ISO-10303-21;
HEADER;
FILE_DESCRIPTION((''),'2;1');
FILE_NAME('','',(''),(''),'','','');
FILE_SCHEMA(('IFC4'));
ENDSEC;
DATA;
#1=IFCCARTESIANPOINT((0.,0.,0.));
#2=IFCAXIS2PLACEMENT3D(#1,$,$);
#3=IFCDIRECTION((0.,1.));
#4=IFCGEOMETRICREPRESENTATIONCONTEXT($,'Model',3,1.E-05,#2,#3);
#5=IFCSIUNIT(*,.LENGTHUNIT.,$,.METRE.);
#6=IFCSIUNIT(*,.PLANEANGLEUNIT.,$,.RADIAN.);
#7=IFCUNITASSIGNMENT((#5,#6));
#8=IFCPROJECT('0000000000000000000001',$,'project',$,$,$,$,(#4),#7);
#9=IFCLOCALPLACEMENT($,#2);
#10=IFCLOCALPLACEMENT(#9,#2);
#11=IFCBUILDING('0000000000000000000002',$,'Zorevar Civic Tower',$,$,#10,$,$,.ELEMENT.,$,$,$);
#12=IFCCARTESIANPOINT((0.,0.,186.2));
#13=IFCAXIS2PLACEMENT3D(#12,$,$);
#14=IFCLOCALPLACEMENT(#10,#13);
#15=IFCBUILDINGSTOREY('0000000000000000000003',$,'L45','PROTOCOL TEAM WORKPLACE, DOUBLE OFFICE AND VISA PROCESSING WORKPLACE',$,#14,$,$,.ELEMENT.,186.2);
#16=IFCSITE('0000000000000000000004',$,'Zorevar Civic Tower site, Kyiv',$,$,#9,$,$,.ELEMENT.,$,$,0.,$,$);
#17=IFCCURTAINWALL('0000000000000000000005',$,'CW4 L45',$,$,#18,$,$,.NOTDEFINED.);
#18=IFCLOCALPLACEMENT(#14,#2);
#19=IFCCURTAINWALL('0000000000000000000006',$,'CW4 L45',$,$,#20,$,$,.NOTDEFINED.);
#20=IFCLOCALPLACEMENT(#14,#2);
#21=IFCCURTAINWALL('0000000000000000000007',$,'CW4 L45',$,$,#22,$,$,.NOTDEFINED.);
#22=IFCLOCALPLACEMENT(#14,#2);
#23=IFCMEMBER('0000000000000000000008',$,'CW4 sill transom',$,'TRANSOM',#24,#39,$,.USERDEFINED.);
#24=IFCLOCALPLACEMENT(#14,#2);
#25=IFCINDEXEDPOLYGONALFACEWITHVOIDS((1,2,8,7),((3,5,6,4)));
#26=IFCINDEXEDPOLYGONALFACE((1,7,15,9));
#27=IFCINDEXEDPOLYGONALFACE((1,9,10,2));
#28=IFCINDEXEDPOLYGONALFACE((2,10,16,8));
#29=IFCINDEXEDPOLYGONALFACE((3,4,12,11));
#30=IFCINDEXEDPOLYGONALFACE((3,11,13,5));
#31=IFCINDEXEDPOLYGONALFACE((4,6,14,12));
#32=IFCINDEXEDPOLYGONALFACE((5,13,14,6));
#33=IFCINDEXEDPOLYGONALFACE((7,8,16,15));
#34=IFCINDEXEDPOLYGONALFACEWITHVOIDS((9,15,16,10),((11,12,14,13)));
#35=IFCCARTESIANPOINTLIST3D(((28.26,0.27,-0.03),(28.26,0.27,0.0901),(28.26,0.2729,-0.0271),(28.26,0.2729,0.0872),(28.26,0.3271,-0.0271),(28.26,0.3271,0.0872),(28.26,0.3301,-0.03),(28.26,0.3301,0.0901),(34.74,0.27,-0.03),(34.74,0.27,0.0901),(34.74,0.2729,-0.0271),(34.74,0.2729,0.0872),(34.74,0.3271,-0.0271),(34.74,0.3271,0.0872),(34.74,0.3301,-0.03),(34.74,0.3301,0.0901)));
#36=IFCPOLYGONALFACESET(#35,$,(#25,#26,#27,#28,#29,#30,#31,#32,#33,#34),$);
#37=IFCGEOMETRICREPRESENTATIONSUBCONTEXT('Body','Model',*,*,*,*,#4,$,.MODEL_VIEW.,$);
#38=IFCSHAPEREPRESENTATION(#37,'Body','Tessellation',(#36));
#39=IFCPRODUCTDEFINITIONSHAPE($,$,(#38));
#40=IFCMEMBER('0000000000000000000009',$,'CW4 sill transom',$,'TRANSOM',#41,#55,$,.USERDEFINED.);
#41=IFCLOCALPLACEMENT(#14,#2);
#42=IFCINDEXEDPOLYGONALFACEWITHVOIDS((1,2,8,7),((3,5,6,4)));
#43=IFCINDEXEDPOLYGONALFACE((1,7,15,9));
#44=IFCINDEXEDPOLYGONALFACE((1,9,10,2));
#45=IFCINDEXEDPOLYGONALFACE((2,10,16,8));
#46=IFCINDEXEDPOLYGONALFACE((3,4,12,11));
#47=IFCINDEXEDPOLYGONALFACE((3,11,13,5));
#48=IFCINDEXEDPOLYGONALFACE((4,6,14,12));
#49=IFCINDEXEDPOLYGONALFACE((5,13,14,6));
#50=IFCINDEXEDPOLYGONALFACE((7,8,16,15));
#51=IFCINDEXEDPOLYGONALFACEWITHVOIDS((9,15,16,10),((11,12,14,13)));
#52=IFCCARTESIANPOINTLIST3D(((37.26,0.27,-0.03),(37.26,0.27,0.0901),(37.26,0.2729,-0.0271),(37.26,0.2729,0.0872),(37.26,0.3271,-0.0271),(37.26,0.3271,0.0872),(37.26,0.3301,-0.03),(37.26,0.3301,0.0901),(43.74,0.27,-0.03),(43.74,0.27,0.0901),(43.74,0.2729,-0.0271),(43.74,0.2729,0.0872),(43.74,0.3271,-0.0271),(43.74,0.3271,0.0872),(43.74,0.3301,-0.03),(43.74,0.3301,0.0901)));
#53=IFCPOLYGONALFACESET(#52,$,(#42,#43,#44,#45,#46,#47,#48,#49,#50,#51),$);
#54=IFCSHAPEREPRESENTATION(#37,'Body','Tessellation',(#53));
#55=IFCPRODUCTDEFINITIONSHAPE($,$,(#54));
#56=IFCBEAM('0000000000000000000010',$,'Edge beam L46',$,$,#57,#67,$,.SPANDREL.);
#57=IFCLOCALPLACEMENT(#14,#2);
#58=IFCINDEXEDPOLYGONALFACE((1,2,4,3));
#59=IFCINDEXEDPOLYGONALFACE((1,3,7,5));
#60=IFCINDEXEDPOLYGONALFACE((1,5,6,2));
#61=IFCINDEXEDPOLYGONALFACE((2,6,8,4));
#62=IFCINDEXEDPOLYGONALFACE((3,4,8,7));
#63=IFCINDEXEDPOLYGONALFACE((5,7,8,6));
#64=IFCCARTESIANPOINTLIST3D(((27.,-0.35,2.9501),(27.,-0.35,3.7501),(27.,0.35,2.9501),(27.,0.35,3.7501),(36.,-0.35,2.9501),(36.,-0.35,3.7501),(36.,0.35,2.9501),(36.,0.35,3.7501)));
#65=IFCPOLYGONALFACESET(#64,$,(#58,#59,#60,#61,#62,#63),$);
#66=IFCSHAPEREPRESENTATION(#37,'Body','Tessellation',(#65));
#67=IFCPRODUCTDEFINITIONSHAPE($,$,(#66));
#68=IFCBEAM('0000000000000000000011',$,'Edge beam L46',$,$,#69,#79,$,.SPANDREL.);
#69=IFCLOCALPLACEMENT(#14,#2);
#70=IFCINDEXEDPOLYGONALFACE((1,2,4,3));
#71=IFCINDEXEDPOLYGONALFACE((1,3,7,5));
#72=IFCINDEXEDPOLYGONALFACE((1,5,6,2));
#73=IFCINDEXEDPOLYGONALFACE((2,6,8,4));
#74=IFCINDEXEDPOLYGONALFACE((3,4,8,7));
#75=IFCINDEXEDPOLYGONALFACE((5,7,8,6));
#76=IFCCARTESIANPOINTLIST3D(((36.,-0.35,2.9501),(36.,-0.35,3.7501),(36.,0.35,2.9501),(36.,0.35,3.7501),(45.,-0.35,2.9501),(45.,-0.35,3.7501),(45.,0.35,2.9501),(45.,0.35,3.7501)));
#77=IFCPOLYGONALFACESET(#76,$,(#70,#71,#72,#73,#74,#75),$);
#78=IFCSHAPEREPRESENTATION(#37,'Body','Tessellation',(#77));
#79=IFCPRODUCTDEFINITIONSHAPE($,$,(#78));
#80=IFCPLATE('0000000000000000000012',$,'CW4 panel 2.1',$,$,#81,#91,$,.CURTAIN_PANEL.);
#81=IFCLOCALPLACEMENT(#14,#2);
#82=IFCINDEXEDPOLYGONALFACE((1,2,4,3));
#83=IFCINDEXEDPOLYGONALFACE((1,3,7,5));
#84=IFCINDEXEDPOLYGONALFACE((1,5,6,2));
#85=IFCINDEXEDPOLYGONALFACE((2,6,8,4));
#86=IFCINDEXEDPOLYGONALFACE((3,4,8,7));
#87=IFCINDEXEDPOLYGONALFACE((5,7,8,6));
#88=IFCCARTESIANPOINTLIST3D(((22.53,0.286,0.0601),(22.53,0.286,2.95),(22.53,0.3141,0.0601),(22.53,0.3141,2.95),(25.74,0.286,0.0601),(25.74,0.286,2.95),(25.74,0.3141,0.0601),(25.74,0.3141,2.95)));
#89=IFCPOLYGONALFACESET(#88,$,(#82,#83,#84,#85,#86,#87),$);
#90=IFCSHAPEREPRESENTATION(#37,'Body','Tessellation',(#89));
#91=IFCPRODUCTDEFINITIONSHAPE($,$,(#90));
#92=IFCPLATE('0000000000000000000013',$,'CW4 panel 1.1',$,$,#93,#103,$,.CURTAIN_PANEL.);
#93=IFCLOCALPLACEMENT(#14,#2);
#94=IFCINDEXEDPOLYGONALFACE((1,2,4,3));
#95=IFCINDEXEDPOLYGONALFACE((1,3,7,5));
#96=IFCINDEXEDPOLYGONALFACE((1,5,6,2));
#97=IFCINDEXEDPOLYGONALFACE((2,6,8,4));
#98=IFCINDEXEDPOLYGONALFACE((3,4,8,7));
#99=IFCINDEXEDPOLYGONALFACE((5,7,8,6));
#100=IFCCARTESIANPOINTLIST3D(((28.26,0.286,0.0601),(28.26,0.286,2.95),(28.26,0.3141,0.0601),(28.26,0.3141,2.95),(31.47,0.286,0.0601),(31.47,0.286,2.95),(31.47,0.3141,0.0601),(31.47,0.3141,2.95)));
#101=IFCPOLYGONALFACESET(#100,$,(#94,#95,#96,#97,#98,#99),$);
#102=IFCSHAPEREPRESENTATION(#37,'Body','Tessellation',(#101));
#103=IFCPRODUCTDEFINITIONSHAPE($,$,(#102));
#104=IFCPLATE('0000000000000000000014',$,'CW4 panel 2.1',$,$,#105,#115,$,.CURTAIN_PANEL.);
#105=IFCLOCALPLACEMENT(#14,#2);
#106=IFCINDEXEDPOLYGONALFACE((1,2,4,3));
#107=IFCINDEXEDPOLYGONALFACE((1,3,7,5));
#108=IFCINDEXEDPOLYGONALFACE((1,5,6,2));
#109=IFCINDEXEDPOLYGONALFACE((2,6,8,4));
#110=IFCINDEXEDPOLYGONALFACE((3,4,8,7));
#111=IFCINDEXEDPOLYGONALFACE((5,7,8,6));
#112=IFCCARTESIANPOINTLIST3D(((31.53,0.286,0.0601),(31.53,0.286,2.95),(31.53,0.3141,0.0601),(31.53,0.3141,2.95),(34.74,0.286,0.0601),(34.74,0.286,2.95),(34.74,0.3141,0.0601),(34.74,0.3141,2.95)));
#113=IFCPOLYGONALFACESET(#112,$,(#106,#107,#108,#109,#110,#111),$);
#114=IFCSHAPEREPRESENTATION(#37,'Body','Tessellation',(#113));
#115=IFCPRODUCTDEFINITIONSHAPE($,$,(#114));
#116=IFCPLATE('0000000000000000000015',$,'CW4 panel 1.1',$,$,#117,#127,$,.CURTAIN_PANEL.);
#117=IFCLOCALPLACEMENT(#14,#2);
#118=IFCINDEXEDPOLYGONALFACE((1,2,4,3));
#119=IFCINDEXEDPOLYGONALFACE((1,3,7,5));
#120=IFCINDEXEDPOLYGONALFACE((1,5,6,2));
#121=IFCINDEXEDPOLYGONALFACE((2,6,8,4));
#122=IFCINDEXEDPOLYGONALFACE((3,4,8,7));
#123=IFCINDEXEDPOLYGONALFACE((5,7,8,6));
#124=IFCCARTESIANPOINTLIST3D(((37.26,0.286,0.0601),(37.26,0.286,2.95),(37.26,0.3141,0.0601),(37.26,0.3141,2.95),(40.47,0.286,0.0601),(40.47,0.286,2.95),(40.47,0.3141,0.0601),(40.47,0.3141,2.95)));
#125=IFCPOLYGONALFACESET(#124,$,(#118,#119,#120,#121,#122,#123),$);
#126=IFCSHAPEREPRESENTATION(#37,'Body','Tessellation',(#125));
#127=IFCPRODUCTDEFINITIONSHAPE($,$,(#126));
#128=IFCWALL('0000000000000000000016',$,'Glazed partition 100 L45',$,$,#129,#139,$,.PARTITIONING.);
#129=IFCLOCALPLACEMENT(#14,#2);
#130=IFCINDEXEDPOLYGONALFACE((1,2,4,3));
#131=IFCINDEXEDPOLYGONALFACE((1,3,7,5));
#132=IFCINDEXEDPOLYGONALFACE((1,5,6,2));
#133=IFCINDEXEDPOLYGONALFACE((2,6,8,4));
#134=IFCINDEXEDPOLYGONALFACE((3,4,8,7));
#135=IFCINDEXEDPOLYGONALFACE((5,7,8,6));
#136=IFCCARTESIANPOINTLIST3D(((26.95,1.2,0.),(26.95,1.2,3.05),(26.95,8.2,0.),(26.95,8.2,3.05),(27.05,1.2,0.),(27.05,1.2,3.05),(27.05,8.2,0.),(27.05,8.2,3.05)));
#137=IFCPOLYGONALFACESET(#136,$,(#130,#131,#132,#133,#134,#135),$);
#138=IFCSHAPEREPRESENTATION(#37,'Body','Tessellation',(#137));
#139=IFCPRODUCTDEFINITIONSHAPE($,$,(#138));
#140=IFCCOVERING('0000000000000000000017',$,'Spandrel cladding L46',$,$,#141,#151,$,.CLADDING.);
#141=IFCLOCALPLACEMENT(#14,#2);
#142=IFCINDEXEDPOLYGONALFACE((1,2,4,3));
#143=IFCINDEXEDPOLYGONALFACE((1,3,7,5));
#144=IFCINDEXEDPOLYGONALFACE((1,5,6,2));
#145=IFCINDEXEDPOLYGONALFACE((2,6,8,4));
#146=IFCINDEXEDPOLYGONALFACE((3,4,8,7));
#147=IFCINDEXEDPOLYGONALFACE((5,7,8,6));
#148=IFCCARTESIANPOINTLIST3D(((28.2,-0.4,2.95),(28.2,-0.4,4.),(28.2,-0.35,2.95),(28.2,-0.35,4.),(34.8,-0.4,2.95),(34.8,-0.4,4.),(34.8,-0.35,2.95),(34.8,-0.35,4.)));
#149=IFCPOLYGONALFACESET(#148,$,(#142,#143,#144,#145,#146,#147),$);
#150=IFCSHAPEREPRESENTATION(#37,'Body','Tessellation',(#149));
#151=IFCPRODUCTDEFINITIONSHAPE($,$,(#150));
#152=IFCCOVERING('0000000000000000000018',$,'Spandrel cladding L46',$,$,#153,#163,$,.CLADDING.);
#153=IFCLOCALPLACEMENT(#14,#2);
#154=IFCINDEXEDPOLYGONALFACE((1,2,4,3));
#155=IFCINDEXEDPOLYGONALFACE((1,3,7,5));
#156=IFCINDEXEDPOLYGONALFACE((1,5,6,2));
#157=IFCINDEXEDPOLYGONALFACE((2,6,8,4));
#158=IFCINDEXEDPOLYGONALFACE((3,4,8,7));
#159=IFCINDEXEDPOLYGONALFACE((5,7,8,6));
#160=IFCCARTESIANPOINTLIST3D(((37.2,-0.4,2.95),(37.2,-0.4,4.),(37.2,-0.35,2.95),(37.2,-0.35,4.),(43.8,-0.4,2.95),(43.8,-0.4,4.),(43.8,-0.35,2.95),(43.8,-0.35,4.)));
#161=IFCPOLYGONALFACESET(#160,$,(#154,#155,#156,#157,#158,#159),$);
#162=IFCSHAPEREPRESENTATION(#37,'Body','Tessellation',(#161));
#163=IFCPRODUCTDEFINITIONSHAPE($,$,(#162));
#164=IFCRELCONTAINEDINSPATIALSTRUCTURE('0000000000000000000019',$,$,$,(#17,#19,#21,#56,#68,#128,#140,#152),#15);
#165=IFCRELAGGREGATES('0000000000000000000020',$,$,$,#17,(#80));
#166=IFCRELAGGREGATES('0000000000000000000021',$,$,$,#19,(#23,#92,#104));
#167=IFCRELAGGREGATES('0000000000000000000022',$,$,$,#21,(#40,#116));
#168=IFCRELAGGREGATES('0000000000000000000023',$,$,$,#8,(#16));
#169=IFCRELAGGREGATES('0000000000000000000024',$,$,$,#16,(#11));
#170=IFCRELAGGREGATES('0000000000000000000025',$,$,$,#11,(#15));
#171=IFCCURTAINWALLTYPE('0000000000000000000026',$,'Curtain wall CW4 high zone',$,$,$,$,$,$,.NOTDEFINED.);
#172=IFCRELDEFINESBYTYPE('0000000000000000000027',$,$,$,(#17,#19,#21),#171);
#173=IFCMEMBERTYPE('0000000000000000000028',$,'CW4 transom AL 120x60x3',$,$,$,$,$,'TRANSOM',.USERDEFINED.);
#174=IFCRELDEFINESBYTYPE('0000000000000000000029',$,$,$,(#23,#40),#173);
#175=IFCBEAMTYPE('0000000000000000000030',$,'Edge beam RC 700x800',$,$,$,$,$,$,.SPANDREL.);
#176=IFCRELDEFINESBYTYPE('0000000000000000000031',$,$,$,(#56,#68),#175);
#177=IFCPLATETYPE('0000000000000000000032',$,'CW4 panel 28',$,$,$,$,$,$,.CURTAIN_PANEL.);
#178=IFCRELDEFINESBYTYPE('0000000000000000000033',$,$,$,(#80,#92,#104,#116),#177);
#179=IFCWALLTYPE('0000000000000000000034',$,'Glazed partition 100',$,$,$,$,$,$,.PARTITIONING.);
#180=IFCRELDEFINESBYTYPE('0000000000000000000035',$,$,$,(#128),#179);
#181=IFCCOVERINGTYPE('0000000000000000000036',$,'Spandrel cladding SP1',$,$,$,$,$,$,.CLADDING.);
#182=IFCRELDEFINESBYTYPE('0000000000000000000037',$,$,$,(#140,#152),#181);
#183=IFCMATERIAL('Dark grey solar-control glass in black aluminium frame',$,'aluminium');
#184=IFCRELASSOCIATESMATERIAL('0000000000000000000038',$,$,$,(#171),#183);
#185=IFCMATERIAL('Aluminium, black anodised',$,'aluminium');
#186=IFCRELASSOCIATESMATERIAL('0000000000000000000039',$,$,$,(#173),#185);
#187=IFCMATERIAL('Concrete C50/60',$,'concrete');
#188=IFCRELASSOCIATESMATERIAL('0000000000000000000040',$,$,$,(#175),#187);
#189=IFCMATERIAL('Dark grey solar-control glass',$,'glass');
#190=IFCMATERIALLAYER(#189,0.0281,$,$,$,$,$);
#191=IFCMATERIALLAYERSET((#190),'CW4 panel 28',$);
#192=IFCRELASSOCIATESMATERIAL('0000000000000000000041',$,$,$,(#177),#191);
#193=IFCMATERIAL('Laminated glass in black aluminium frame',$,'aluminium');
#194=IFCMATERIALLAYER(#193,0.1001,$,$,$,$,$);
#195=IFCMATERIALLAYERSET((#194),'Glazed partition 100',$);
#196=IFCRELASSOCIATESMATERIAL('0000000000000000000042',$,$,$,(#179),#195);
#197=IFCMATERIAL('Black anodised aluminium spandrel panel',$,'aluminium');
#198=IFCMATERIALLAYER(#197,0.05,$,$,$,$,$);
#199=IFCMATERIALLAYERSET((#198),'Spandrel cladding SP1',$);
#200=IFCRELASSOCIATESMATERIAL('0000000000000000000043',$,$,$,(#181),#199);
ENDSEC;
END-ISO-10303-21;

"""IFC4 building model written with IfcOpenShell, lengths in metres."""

from ifc_helpers import new_model, si_unit, direction, frame, frame_2d, origin, origin_2d, place, context, subcontext, project, spatial, rectangle, hollow_rectangle, extrude, material, layer, layer_set, material_profile, profile_set, type_object, element, aggregate, save


model = new_model("IFC4")

# Units and contexts
model_context = context("Model", 3, precision=1e-05, world=origin(), true_north=direction((0.0, 1.0)))
body_context = subcontext(model_context, "Body", "Model", "MODEL_VIEW")
ifc_project = project(units=[si_unit("LENGTHUNIT", "METRE"), si_unit("PLANEANGLEUNIT", "RADIAN")], contexts=[model_context])

# Site, building, storey
site_placement = place(None, origin())
site = spatial("IfcSite", under=ifc_project, at=site_placement, Name="Zorevar Civic Tower site, Kyiv", CompositionType="ELEMENT", RefElevation=0.0)
building_placement = place(site_placement, origin())
building = spatial("IfcBuilding", under=site, at=building_placement, Name="Zorevar Civic Tower", CompositionType="ELEMENT")
storey_placement = place(building_placement, frame((0.0, 0.0, 186.2)))
storey = spatial("IfcBuildingStorey", under=building, at=storey_placement, Name="L45", Description="PROTOCOL TEAM WORKPLACE, DOUBLE OFFICE AND VISA PROCESSING WORKPLACE", CompositionType="ELEMENT", Elevation=186.2)

# Curtain walls
ifc_material_1 = material(Name="Dark grey solar-control glass in black aluminium frame", Category="aluminium")
curtain_wall_type = type_object("IfcCurtainWallType", Name="Curtain wall CW4 high zone", PredefinedType="NOTDEFINED", material=ifc_material_1)
curtain_wall_1_placement = place(storey_placement, origin())
curtain_wall_1 = element("IfcCurtainWall", 1, at=curtain_wall_1_placement, inside=storey, type_object=curtain_wall_type, Name="CW4 L45", PredefinedType="NOTDEFINED")
curtain_wall_2_placement = place(storey_placement, origin())
curtain_wall_2 = element("IfcCurtainWall", 2, at=curtain_wall_2_placement, inside=storey, type_object=curtain_wall_type, Name="CW4 L45", PredefinedType="NOTDEFINED")

# Curtain wall
curtain_wall_3_placement = place(storey_placement, origin())
curtain_wall_3 = element("IfcCurtainWall", 3, at=curtain_wall_3_placement, inside=storey, type_object=curtain_wall_type, Name="CW4 L45", PredefinedType="NOTDEFINED")

# Members
ifc_material_2 = material(Name="Aluminium, black anodised", Category="aluminium")
ifc_material_profile_1 = material_profile(ifc_material_2, hollow_rectangle(XDim=0.0601, YDim=0.1201, WallThickness=0.0029, at=origin_2d()), Name="AL 120x60x3")
ifc_profile_set_1 = profile_set([ifc_material_profile_1], Name="Aluminium, black anodised")
member_type_1 = type_object("IfcMemberType", Name="CW4 transom AL 120x60x3", ElementType="TRANSOM", PredefinedType="USERDEFINED", material=ifc_profile_set_1)
member_1_placement = place(storey_placement, frame((28.26, 0.3, 0.03), z_axis=(1.0, 0.0, 0.0), x_axis=(0.0, 1.0, 0.0)))
member_1 = element("IfcMember", 4, at=member_1_placement, type_object=member_type_1, Name="CW4 sill transom", ObjectType="TRANSOM", PredefinedType="USERDEFINED", context=body_context, shape_type="SweptSolid", body=[
    extrude(hollow_rectangle(XDim=0.0601, YDim=0.1201, WallThickness=0.0029, at=origin_2d()), origin(), (0.0, 0.0, 1.0), 6.48),
])
member_2_placement = place(storey_placement, frame((37.26, 0.3, 0.03), z_axis=(1.0, 0.0, 0.0), x_axis=(0.0, 1.0, 0.0)))
member_2 = element("IfcMember", 5, at=member_2_placement, type_object=member_type_1, Name="CW4 sill transom", ObjectType="TRANSOM", PredefinedType="USERDEFINED", context=body_context, shape_type="SweptSolid", body=[
    extrude(hollow_rectangle(XDim=0.0601, YDim=0.1201, WallThickness=0.0029, at=origin_2d()), origin(), (0.0, 0.0, 1.0), 6.48),
])

# Beams
ifc_material_3 = material(Name="Concrete C50/60", Category="concrete")
ifc_material_profile_2 = material_profile(ifc_material_3, rectangle(XDim=0.7, YDim=0.8, at=origin_2d()), Name="RC 700x800")
ifc_profile_set_2 = profile_set([ifc_material_profile_2], Name="Concrete C50/60")
beam_type_1 = type_object("IfcBeamType", Name="Edge beam RC 700x800", PredefinedType="SPANDREL", material=ifc_profile_set_2)
for number, where, z_axis, x_axis, name in (
    (6, (27.0, 0.0, 3.3501), (1.0, 0.0, 0.0), (0.0, 1.0, 0.0), "Edge beam L46"),
    (7, (36.0, 0.0, 3.3501), (1.0, 0.0, 0.0), (0.0, 1.0, 0.0), "Edge beam L46"),
):
    element("IfcBeam", number, at=place(storey_placement, frame(where, z_axis=z_axis, x_axis=x_axis)), inside=storey, type_object=beam_type_1, Name=name, PredefinedType="SPANDREL", context=body_context, shape_type="SweptSolid", body=[
        extrude(rectangle(XDim=0.7, YDim=0.8, at=origin_2d()), origin(), (0.0, 0.0, 1.0), 9.0),
    ])

# Plates
ifc_material_4 = material(Name="Dark grey solar-control glass", Category="glass")
ifc_layer_1 = layer(ifc_material_4, 0.0281)
ifc_layer_set_1 = layer_set([ifc_layer_1], Name="CW4 panel 28")
plate_type = type_object("IfcPlateType", Name="CW4 panel 28", PredefinedType="CURTAIN_PANEL", material=ifc_layer_set_1)
plate_1_placement = place(storey_placement, frame((24.135, 0.3, 0.0601), z_axis=(0.0, 0.0, 1.0), x_axis=(1.0, 0.0, 0.0)))
plate_1 = element("IfcPlate", 8, at=plate_1_placement, type_object=plate_type, Name="CW4 panel 2.1", PredefinedType="CURTAIN_PANEL", context=body_context, shape_type="SweptSolid", body=[
    extrude(rectangle(XDim=3.21, YDim=0.0281, at=origin_2d()), origin(), (0.0, 0.0, 1.0), 2.8899),
])
aggregate(curtain_wall_1, [plate_1])
plate_2_placement = place(storey_placement, frame((29.865, 0.3, 0.0601), z_axis=(0.0, 0.0, 1.0), x_axis=(1.0, 0.0, 0.0)))
plate_2 = element("IfcPlate", 9, at=plate_2_placement, type_object=plate_type, Name="CW4 panel 1.1", PredefinedType="CURTAIN_PANEL", context=body_context, shape_type="SweptSolid", body=[
    extrude(rectangle(XDim=3.21, YDim=0.0281, at=origin_2d()), origin(), (0.0, 0.0, 1.0), 2.8899),
])
plate_3_placement = place(storey_placement, frame((33.135, 0.3, 0.0601), z_axis=(0.0, 0.0, 1.0), x_axis=(1.0, 0.0, 0.0)))
plate_3 = element("IfcPlate", 10, at=plate_3_placement, type_object=plate_type, Name="CW4 panel 2.1", PredefinedType="CURTAIN_PANEL", context=body_context, shape_type="SweptSolid", body=[
    extrude(rectangle(XDim=3.21, YDim=0.0281, at=origin_2d()), origin(), (0.0, 0.0, 1.0), 2.8899),
])
aggregate(curtain_wall_2, [member_1, plate_2, plate_3])
plate_4_placement = place(storey_placement, frame((38.865, 0.3, 0.0601), z_axis=(0.0, 0.0, 1.0), x_axis=(1.0, 0.0, 0.0)))
plate_4 = element("IfcPlate", 11, at=plate_4_placement, type_object=plate_type, Name="CW4 panel 1.1", PredefinedType="CURTAIN_PANEL", context=body_context, shape_type="SweptSolid", body=[
    extrude(rectangle(XDim=3.21, YDim=0.0281, at=origin_2d()), origin(), (0.0, 0.0, 1.0), 2.8899),
])
aggregate(curtain_wall_3, [member_2, plate_4])

# Wall
ifc_material_5 = material(Name="Laminated glass in black aluminium frame", Category="aluminium")
ifc_layer_2 = layer(ifc_material_5, 0.1001)
ifc_layer_set_2 = layer_set([ifc_layer_2], Name="Glazed partition 100")
wall_type = type_object("IfcWallType", Name="Glazed partition 100", PredefinedType="PARTITIONING", material=ifc_layer_set_2)
wall_placement = place(storey_placement, frame((27.0, 1.2, 0.0), z_axis=(0.0, 0.0, 1.0), x_axis=(0.0, 1.0, 0.0)))
element("IfcWall", 12, at=wall_placement, inside=storey, type_object=wall_type, Name="Glazed partition 100 L45", PredefinedType="PARTITIONING", context=body_context, shape_type="SweptSolid", body=[
    extrude(rectangle(XDim=7.0, YDim=0.1001, at=frame_2d((3.5, 0.0))), origin(), (0.0, 0.0, 1.0), 3.05),
])

# Coverings
ifc_material_6 = material(Name="Black anodised aluminium spandrel panel", Category="aluminium")
ifc_layer_3 = layer(ifc_material_6, 0.05)
ifc_layer_set_3 = layer_set([ifc_layer_3], Name="Spandrel cladding SP1")
covering_type = type_object("IfcCoveringType", Name="Spandrel cladding SP1", PredefinedType="CLADDING", material=ifc_layer_set_3)
for number, where, z_axis, x_axis, name in (
    (13, (28.2, -0.375, 2.95), (0.0, 0.0, 1.0), (1.0, 0.0, 0.0), "Spandrel cladding L46"),
    (14, (37.2, -0.375, 2.95), (0.0, 0.0, 1.0), (1.0, 0.0, 0.0), "Spandrel cladding L46"),
):
    element("IfcCovering", number, at=place(storey_placement, frame(where, z_axis=z_axis, x_axis=x_axis)), inside=storey, type_object=covering_type, Name=name, PredefinedType="CLADDING", context=body_context, shape_type="SweptSolid", body=[
        extrude(rectangle(XDim=6.6001, YDim=0.05, at=frame_2d((3.3, 0.0))), origin(), (0.0, 0.0, 1.0), 1.05),
    ])

save(model, "model.ifc")
